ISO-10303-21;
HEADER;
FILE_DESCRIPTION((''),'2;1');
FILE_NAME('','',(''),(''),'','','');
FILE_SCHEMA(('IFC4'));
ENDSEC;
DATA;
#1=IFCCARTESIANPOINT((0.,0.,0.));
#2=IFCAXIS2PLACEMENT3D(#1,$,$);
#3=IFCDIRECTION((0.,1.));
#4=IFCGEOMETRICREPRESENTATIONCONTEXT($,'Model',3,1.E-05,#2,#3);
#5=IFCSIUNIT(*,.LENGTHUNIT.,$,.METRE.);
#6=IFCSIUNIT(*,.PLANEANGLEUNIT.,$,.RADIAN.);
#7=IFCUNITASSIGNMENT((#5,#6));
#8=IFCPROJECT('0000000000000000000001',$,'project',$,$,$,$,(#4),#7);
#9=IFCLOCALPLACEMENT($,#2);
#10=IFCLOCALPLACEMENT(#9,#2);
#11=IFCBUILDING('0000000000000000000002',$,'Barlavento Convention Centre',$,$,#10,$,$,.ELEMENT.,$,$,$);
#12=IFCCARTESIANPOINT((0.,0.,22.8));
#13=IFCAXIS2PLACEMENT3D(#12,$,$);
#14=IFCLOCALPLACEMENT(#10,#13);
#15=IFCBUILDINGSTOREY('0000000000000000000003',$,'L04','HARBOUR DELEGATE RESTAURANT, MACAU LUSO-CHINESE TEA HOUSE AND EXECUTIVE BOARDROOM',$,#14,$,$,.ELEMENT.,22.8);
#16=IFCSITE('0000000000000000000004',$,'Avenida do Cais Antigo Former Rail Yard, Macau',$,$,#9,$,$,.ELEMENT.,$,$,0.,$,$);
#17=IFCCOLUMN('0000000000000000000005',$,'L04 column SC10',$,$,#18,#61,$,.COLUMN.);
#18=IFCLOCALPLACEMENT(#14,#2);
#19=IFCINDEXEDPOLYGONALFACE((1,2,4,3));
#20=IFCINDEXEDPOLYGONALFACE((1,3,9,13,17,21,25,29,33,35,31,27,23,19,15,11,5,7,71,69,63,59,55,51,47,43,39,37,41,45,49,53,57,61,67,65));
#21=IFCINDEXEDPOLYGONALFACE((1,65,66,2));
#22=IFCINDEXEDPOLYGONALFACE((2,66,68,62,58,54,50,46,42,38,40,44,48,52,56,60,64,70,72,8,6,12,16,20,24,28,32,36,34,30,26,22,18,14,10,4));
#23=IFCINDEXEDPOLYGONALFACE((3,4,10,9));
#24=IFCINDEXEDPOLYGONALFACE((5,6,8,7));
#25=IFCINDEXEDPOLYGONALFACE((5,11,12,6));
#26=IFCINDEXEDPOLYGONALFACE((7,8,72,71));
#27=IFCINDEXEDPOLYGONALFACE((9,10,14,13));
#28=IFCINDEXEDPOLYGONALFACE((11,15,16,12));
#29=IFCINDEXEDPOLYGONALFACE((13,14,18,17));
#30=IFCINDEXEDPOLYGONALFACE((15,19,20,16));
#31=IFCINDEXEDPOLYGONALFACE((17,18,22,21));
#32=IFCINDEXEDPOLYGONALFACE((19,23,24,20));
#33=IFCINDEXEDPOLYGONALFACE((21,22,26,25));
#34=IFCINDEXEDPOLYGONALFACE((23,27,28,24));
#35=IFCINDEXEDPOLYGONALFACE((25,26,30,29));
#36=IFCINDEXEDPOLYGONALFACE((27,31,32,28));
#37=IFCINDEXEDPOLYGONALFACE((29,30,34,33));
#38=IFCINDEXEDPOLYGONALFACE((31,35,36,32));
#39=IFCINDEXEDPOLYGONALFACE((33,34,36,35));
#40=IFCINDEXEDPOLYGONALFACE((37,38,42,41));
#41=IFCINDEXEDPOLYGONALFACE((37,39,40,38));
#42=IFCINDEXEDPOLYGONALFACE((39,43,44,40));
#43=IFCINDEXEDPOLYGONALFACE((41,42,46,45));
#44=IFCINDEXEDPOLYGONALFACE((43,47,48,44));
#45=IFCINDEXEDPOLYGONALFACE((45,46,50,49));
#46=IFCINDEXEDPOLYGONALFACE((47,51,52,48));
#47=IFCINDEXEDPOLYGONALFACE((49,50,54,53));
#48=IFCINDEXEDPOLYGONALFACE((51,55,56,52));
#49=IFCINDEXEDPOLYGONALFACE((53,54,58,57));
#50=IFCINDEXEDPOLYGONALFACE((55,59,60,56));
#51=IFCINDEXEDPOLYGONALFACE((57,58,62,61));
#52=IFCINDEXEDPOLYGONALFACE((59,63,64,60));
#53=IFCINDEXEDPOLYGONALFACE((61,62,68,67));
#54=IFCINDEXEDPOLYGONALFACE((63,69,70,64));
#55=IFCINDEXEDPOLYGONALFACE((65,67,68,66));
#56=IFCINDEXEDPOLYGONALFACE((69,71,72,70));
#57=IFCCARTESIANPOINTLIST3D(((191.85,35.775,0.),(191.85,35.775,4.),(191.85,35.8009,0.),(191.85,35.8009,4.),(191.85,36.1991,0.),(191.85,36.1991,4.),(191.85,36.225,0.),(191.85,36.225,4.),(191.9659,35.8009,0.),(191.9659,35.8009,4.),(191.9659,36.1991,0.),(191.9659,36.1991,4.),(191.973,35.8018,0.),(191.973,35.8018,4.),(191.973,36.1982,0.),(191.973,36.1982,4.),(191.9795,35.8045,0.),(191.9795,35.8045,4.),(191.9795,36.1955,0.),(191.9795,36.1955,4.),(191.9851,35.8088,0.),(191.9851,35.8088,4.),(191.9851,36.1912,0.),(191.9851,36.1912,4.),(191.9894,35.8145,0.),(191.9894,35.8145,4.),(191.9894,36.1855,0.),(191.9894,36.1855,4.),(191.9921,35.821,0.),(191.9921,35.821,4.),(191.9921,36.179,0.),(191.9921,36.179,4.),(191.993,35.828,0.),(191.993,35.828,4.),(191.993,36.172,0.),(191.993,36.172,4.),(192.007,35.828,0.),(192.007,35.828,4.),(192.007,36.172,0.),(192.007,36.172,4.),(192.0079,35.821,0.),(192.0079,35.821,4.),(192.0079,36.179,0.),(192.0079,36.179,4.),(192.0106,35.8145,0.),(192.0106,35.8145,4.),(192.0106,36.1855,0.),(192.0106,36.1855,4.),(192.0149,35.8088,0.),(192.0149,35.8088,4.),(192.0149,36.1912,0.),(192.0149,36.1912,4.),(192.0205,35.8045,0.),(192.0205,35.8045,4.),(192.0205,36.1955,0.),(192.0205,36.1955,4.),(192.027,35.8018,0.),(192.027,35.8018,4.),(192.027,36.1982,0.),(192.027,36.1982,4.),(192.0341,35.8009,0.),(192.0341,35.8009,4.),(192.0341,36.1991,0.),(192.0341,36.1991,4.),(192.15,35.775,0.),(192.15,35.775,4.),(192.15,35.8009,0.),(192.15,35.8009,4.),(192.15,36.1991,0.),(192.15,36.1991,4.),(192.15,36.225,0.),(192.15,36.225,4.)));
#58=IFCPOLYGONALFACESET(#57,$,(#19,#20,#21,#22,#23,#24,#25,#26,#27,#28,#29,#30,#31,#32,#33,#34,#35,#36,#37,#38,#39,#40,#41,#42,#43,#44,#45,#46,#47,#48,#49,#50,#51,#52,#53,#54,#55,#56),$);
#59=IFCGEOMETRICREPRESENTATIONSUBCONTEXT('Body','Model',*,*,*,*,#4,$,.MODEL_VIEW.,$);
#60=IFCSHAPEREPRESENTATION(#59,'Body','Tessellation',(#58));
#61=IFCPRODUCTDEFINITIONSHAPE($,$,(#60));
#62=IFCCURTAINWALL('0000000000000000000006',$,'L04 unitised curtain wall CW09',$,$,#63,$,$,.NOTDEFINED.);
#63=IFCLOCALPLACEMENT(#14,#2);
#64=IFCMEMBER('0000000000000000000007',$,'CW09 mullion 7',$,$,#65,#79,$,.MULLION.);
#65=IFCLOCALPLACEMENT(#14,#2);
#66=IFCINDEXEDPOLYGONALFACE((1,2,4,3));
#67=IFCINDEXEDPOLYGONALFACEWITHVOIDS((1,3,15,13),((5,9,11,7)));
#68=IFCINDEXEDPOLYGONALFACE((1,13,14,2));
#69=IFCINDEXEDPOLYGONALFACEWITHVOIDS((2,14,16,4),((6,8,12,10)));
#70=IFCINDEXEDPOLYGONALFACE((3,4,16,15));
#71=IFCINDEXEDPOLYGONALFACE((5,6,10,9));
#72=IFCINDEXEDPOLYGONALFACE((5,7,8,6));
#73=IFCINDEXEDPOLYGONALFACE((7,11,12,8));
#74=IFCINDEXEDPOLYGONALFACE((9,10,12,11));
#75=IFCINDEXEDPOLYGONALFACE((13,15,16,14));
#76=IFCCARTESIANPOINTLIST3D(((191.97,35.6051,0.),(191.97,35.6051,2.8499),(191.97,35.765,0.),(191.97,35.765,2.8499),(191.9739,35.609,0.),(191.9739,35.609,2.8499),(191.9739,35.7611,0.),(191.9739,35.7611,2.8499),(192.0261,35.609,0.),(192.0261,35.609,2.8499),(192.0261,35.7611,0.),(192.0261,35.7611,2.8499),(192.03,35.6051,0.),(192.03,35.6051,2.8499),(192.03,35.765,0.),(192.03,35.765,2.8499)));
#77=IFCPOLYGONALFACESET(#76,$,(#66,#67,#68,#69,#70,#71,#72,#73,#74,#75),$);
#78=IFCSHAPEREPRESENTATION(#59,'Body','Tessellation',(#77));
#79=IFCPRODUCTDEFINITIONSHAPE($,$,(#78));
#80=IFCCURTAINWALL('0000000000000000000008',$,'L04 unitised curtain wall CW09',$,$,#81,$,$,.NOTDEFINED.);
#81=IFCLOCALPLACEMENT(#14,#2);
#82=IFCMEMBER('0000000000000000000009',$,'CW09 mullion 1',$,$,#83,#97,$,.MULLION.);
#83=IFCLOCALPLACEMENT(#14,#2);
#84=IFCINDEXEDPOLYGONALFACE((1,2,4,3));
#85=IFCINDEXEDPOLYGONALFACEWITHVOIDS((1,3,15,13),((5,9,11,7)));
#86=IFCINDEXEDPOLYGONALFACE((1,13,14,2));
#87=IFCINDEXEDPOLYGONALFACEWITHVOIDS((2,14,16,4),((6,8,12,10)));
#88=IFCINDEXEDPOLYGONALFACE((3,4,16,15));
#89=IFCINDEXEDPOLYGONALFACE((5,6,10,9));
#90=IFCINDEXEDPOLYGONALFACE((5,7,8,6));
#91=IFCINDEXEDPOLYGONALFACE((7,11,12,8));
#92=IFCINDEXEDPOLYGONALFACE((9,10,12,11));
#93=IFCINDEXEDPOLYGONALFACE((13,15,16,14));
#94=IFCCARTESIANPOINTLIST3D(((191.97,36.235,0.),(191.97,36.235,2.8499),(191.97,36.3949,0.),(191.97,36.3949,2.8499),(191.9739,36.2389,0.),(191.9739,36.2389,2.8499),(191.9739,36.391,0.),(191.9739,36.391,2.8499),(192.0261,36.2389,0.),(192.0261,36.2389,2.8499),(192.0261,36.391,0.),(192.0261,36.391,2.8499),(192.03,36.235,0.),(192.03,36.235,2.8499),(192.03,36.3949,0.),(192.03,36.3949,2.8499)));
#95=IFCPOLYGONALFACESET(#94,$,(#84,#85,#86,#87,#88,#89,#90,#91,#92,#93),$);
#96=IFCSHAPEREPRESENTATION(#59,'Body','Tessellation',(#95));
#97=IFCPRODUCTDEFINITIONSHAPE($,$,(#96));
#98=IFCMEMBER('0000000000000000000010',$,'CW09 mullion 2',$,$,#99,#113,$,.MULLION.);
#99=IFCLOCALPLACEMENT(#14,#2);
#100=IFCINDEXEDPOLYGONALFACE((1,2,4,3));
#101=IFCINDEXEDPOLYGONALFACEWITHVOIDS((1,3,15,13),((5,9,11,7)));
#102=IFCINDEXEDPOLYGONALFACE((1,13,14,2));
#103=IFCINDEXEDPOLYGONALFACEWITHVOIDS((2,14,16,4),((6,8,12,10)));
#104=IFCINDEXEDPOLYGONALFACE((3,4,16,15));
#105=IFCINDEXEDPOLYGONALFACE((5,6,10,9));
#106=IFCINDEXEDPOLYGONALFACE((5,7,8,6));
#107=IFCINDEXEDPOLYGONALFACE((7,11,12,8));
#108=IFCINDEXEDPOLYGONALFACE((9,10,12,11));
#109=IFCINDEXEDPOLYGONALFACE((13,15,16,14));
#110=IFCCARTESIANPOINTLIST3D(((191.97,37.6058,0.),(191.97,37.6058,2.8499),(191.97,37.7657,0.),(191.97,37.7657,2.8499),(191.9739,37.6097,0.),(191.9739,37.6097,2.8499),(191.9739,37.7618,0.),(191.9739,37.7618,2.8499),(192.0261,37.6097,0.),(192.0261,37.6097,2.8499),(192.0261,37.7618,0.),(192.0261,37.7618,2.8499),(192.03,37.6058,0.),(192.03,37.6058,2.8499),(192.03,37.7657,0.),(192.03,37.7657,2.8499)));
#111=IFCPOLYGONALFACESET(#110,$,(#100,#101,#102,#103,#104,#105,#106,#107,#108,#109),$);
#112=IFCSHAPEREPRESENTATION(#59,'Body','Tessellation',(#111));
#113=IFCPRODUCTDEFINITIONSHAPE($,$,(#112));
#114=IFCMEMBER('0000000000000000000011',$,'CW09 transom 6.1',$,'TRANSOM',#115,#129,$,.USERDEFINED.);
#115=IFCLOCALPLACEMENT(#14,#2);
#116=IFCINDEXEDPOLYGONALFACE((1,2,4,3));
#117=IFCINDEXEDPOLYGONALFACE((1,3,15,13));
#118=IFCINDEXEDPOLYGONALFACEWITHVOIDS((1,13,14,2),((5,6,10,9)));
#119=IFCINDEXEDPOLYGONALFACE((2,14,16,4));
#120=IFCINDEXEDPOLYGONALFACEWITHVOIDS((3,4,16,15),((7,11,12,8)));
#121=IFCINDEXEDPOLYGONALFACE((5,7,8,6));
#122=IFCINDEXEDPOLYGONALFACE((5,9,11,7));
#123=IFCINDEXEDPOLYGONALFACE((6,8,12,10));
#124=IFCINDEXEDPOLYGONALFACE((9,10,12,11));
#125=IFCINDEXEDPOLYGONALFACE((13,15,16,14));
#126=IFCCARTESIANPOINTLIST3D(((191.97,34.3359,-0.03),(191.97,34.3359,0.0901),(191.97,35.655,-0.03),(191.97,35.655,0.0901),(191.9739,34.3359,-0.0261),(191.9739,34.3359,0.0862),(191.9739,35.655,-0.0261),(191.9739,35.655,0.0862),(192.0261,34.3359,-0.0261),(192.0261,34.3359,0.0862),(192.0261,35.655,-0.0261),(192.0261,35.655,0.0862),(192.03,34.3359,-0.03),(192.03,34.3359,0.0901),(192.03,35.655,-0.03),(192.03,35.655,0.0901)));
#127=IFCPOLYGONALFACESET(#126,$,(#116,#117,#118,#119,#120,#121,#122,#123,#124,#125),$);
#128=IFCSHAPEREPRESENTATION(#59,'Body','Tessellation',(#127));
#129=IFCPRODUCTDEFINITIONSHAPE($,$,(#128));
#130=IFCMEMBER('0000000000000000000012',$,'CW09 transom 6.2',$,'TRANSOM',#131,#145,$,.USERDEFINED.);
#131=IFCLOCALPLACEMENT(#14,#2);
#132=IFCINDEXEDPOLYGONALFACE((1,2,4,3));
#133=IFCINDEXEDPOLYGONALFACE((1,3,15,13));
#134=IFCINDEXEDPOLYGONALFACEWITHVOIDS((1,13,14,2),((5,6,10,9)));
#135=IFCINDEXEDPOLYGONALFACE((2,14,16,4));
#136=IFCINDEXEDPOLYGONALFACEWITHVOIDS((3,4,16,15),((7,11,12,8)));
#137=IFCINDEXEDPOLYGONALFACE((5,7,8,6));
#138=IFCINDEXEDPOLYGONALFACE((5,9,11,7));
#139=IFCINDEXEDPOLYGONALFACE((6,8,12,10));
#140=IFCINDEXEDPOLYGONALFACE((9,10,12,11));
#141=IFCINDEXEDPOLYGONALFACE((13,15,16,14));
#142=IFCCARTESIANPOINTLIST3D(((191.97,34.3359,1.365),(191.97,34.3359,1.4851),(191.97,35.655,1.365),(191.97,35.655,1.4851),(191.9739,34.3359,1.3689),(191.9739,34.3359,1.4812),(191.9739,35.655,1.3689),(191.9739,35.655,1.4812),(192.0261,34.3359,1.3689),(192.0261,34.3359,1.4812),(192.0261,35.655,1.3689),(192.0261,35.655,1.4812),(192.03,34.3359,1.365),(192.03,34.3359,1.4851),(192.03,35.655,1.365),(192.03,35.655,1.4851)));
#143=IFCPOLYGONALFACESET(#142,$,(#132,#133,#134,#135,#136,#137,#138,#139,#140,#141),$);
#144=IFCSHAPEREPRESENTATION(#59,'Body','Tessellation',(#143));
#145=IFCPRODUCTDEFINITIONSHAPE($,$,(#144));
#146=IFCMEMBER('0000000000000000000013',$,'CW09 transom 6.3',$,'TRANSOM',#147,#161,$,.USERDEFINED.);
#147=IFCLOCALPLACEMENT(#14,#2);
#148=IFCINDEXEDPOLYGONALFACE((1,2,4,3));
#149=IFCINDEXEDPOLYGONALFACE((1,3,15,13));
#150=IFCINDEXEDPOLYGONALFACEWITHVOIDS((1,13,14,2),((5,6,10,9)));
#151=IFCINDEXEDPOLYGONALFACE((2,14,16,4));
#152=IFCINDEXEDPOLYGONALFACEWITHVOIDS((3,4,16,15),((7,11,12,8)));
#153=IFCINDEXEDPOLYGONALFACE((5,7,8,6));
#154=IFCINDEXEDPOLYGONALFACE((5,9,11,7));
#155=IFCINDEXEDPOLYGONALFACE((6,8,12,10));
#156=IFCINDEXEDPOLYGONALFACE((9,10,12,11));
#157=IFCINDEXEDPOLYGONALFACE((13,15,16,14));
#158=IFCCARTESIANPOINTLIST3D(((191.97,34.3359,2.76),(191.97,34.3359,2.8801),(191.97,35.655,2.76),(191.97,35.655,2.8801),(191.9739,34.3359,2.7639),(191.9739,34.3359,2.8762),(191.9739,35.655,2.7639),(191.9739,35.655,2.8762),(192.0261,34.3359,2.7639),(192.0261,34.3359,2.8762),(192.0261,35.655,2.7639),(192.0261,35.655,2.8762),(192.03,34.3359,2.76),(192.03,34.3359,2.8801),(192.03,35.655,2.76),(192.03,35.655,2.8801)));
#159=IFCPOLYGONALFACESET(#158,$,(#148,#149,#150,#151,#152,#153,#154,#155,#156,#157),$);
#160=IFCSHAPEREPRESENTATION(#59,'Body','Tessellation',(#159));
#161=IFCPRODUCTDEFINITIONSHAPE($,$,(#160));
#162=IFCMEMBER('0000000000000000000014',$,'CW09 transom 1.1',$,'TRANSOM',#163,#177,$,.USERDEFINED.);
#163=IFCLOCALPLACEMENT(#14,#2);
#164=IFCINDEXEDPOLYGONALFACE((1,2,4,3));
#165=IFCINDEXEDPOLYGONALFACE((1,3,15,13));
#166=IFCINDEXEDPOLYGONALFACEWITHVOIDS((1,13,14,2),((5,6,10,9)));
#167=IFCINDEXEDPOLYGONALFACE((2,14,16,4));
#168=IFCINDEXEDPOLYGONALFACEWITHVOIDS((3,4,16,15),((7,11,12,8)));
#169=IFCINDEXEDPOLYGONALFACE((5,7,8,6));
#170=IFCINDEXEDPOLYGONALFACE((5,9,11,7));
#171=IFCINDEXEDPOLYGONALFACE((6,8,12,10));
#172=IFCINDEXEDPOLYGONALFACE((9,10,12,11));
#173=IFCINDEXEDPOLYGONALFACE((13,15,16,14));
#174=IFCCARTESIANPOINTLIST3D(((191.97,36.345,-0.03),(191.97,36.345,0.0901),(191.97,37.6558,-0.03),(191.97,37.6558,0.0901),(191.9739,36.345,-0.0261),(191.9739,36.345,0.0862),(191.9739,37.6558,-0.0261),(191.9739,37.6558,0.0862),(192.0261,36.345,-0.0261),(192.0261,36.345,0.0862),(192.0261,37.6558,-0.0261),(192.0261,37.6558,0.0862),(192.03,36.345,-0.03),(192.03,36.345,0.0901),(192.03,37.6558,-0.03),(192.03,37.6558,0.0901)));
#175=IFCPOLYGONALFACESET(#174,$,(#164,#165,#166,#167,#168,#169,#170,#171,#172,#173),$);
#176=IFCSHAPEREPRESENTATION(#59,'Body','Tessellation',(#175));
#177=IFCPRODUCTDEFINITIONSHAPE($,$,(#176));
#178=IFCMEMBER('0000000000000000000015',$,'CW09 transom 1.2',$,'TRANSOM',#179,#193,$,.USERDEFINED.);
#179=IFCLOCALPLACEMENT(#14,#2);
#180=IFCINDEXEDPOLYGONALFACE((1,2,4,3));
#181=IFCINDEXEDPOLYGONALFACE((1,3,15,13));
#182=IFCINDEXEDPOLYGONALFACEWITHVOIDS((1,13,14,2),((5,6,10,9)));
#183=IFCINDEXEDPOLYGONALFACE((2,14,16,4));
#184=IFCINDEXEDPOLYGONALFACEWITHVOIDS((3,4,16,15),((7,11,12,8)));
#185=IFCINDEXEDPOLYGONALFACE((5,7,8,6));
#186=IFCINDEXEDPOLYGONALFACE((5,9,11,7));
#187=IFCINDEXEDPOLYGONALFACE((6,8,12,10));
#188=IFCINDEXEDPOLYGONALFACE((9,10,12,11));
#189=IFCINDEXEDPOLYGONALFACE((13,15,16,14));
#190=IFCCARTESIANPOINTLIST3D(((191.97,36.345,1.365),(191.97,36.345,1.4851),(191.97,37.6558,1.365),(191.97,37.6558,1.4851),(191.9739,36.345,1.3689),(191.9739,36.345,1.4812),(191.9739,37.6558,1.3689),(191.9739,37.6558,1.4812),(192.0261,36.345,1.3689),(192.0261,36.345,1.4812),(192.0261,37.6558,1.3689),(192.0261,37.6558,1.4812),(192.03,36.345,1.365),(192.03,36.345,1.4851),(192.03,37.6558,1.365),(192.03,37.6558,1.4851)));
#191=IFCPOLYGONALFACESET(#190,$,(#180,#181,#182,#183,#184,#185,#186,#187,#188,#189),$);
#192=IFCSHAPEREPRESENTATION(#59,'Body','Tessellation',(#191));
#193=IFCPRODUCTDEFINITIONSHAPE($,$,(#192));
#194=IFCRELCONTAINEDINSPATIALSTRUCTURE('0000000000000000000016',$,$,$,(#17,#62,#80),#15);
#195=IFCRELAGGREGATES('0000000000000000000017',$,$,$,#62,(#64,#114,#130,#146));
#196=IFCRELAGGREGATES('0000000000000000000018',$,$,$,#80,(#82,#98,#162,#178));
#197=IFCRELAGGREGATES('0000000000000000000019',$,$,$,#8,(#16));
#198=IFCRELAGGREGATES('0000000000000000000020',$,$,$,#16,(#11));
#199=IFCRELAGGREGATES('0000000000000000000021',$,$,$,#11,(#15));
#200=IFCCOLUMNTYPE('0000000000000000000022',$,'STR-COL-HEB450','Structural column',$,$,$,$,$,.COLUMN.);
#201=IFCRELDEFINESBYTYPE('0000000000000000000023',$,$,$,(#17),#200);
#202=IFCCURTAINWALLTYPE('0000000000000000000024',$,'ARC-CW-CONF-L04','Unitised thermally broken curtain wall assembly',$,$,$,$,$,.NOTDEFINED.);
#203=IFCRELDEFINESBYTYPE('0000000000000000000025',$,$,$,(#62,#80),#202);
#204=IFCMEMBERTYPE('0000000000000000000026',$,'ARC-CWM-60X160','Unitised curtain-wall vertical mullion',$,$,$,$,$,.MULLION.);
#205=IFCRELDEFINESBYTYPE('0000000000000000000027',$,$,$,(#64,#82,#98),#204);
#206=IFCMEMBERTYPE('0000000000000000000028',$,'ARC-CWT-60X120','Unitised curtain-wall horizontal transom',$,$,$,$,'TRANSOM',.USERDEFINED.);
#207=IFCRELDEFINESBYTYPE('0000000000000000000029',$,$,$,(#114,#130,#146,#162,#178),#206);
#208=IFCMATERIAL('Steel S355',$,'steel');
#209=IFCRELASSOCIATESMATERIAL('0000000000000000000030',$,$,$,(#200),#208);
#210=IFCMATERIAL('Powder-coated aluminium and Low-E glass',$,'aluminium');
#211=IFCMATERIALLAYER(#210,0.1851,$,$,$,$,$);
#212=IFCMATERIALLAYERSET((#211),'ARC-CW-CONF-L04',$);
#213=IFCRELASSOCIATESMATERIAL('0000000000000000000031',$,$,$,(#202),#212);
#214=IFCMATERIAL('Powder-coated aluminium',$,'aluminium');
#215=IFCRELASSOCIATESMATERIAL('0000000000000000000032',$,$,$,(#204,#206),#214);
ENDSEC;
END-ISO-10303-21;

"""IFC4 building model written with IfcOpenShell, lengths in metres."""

from ifc_helpers import new_model, si_unit, direction, frame, origin, origin_2d, place, context, subcontext, project, spatial, hollow_rectangle, i_section, extrude, material, layer, layer_set, material_profile, profile_set, type_object, element, aggregate, save


model = new_model("IFC4")

# Units and contexts
model_context = context("Model", 3, precision=1e-05, world=origin(), true_north=direction((0.0, 1.0)))
body_context = subcontext(model_context, "Body", "Model", "MODEL_VIEW")
ifc_project = project(units=[si_unit("LENGTHUNIT", "METRE"), si_unit("PLANEANGLEUNIT", "RADIAN")], contexts=[model_context])

# Site, building, storey
site_placement = place(None, origin())
site = spatial("IfcSite", under=ifc_project, at=site_placement, Name="Avenida do Cais Antigo Former Rail Yard, Macau", CompositionType="ELEMENT", RefElevation=0.0)
building_placement = place(site_placement, origin())
building = spatial("IfcBuilding", under=site, at=building_placement, Name="Barlavento Convention Centre", CompositionType="ELEMENT")
storey_placement = place(building_placement, frame((0.0, 0.0, 22.8)))
storey = spatial("IfcBuildingStorey", under=building, at=storey_placement, Name="L04", Description="HARBOUR DELEGATE RESTAURANT, MACAU LUSO-CHINESE TEA HOUSE AND EXECUTIVE BOARDROOM", CompositionType="ELEMENT", Elevation=22.8)

# Column
ifc_material_1 = material(Name="Steel S355", Category="steel")
ifc_material_profile_1 = material_profile(ifc_material_1, i_section(OverallWidth=0.3, OverallDepth=0.45, WebThickness=0.0139, FlangeThickness=0.0259, FilletRadius=0.0271, at=origin_2d()), Name="HEB 450")
ifc_profile_set_1 = profile_set([ifc_material_profile_1], Name="Steel S355")
column_type = type_object("IfcColumnType", Name="STR-COL-HEB450", Description="Structural column", PredefinedType="COLUMN", material=ifc_profile_set_1)
column_placement = place(storey_placement, frame((192.0, 36.0, 0.0), z_axis=(0.0, 0.0, 1.0), x_axis=(1.0, 0.0, 0.0)))
element("IfcColumn", 1, at=column_placement, inside=storey, type_object=column_type, Name="L04 column SC10", PredefinedType="COLUMN", context=body_context, shape_type="SweptSolid", body=[
    extrude(i_section(OverallWidth=0.3, OverallDepth=0.45, WebThickness=0.0139, FlangeThickness=0.0259, FilletRadius=0.0271, at=origin_2d()), origin(), (0.0, 0.0, 1.0), 4.0),
])

# Curtain wall, member
ifc_material_2 = material(Name="Powder-coated aluminium and Low-E glass", Category="aluminium")
ifc_layer_1 = layer(ifc_material_2, 0.1851)
ifc_layer_set_1 = layer_set([ifc_layer_1], Name="ARC-CW-CONF-L04")
curtain_wall_type = type_object("IfcCurtainWallType", Name="ARC-CW-CONF-L04", Description="Unitised thermally broken curtain wall assembly", PredefinedType="NOTDEFINED", material=ifc_layer_set_1)
curtain_wall_1_placement = place(storey_placement, origin())
curtain_wall_1 = element("IfcCurtainWall", 2, at=curtain_wall_1_placement, inside=storey, type_object=curtain_wall_type, Name="L04 unitised curtain wall CW09", PredefinedType="NOTDEFINED")
ifc_material_3 = material(Name="Powder-coated aluminium", Category="aluminium")
ifc_material_profile_2 = material_profile(ifc_material_3, hollow_rectangle(XDim=0.0601, YDim=0.1599, WallThickness=0.0039, at=origin_2d()), Name="AL-MULL 60x160x4")
ifc_profile_set_2 = profile_set([ifc_material_profile_2], Name="Powder-coated aluminium")
member_type_1 = type_object("IfcMemberType", Name="ARC-CWM-60X160", Description="Unitised curtain-wall vertical mullion", PredefinedType="MULLION", material=ifc_profile_set_2)
member_1_placement = place(storey_placement, frame((192.0, 35.6851, 0.0), z_axis=(0.0, 0.0, 1.0), x_axis=(-1.0, 0.0, 0.0)))
member_1 = element("IfcMember", 3, at=member_1_placement, type_object=member_type_1, Name="CW09 mullion 7", PredefinedType="MULLION", context=body_context, shape_type="SweptSolid", body=[
    extrude(hollow_rectangle(XDim=0.0601, YDim=0.1599, WallThickness=0.0039, at=origin_2d()), origin(), (0.0, 0.0, 1.0), 2.8499),
])

# Curtain wall, members
curtain_wall_2_placement = place(storey_placement, origin())
curtain_wall_2 = element("IfcCurtainWall", 4, at=curtain_wall_2_placement, inside=storey, type_object=curtain_wall_type, Name="L04 unitised curtain wall CW09", PredefinedType="NOTDEFINED")
member_2_placement = place(storey_placement, frame((192.0, 36.3149, 0.0), z_axis=(0.0, 0.0, 1.0), x_axis=(-1.0, 0.0, 0.0)))
member_2 = element("IfcMember", 5, at=member_2_placement, type_object=member_type_1, Name="CW09 mullion 1", PredefinedType="MULLION", context=body_context, shape_type="SweptSolid", body=[
    extrude(hollow_rectangle(XDim=0.0601, YDim=0.1599, WallThickness=0.0039, at=origin_2d()), origin(), (0.0, 0.0, 1.0), 2.8499),
])
member_3_placement = place(storey_placement, frame((192.0, 37.6858, 0.0), z_axis=(0.0, 0.0, 1.0), x_axis=(-1.0, 0.0, 0.0)))
member_3 = element("IfcMember", 6, at=member_3_placement, type_object=member_type_1, Name="CW09 mullion 2", PredefinedType="MULLION", context=body_context, shape_type="SweptSolid", body=[
    extrude(hollow_rectangle(XDim=0.0601, YDim=0.1599, WallThickness=0.0039, at=origin_2d()), origin(), (0.0, 0.0, 1.0), 2.8499),
])

# Members
ifc_material_profile_3 = material_profile(ifc_material_3, hollow_rectangle(XDim=0.0601, YDim=0.1201, WallThickness=0.0039, at=origin_2d()), Name="AL-TRAN 60x120x4")
ifc_profile_set_3 = profile_set([ifc_material_profile_3], Name="Powder-coated aluminium")
member_type_2 = type_object("IfcMemberType", Name="ARC-CWT-60X120", Description="Unitised curtain-wall horizontal transom", ElementType="TRANSOM", PredefinedType="USERDEFINED", material=ifc_profile_set_3)
member_4_placement = place(storey_placement, frame((192.0, 34.3359, 0.03), z_axis=(0.0, 1.0, 0.0), x_axis=(-1.0, 0.0, 0.0)))
member_4 = element("IfcMember", 7, at=member_4_placement, type_object=member_type_2, Name="CW09 transom 6.1", ObjectType="TRANSOM", PredefinedType="USERDEFINED", context=body_context, shape_type="SweptSolid", body=[
    extrude(hollow_rectangle(XDim=0.0601, YDim=0.1201, WallThickness=0.0039, at=origin_2d()), origin(), (0.0, 0.0, 1.0), 1.3191),
])
member_5_placement = place(storey_placement, frame((192.0, 34.3359, 1.425), z_axis=(0.0, 1.0, 0.0), x_axis=(-1.0, 0.0, 0.0)))
member_5 = element("IfcMember", 8, at=member_5_placement, type_object=member_type_2, Name="CW09 transom 6.2", ObjectType="TRANSOM", PredefinedType="USERDEFINED", context=body_context, shape_type="SweptSolid", body=[
    extrude(hollow_rectangle(XDim=0.0601, YDim=0.1201, WallThickness=0.0039, at=origin_2d()), origin(), (0.0, 0.0, 1.0), 1.3191),
])
member_6_placement = place(storey_placement, frame((192.0, 34.3359, 2.8201), z_axis=(0.0, 1.0, 0.0), x_axis=(-1.0, 0.0, 0.0)))
member_6 = element("IfcMember", 9, at=member_6_placement, type_object=member_type_2, Name="CW09 transom 6.3", ObjectType="TRANSOM", PredefinedType="USERDEFINED", context=body_context, shape_type="SweptSolid", body=[
    extrude(hollow_rectangle(XDim=0.0601, YDim=0.1201, WallThickness=0.0039, at=origin_2d()), origin(), (0.0, 0.0, 1.0), 1.3191),
])
member_7_placement = place(storey_placement, frame((192.0, 36.345, 0.03), z_axis=(0.0, 1.0, 0.0), x_axis=(-1.0, 0.0, 0.0)))
member_7 = element("IfcMember", 10, at=member_7_placement, type_object=member_type_2, Name="CW09 transom 1.1", ObjectType="TRANSOM", PredefinedType="USERDEFINED", context=body_context, shape_type="SweptSolid", body=[
    extrude(hollow_rectangle(XDim=0.0601, YDim=0.1201, WallThickness=0.0039, at=origin_2d()), origin(), (0.0, 0.0, 1.0), 1.3108),
])
member_8_placement = place(storey_placement, frame((192.0, 36.345, 1.425), z_axis=(0.0, 1.0, 0.0), x_axis=(-1.0, 0.0, 0.0)))
member_8 = element("IfcMember", 11, at=member_8_placement, type_object=member_type_2, Name="CW09 transom 1.2", ObjectType="TRANSOM", PredefinedType="USERDEFINED", context=body_context, shape_type="SweptSolid", body=[
    extrude(hollow_rectangle(XDim=0.0601, YDim=0.1201, WallThickness=0.0039, at=origin_2d()), origin(), (0.0, 0.0, 1.0), 1.3108),
])

aggregate(curtain_wall_1, [member_1, member_4, member_5, member_6])
aggregate(curtain_wall_2, [member_2, member_3, member_7, member_8])

save(model, "model.ifc")
